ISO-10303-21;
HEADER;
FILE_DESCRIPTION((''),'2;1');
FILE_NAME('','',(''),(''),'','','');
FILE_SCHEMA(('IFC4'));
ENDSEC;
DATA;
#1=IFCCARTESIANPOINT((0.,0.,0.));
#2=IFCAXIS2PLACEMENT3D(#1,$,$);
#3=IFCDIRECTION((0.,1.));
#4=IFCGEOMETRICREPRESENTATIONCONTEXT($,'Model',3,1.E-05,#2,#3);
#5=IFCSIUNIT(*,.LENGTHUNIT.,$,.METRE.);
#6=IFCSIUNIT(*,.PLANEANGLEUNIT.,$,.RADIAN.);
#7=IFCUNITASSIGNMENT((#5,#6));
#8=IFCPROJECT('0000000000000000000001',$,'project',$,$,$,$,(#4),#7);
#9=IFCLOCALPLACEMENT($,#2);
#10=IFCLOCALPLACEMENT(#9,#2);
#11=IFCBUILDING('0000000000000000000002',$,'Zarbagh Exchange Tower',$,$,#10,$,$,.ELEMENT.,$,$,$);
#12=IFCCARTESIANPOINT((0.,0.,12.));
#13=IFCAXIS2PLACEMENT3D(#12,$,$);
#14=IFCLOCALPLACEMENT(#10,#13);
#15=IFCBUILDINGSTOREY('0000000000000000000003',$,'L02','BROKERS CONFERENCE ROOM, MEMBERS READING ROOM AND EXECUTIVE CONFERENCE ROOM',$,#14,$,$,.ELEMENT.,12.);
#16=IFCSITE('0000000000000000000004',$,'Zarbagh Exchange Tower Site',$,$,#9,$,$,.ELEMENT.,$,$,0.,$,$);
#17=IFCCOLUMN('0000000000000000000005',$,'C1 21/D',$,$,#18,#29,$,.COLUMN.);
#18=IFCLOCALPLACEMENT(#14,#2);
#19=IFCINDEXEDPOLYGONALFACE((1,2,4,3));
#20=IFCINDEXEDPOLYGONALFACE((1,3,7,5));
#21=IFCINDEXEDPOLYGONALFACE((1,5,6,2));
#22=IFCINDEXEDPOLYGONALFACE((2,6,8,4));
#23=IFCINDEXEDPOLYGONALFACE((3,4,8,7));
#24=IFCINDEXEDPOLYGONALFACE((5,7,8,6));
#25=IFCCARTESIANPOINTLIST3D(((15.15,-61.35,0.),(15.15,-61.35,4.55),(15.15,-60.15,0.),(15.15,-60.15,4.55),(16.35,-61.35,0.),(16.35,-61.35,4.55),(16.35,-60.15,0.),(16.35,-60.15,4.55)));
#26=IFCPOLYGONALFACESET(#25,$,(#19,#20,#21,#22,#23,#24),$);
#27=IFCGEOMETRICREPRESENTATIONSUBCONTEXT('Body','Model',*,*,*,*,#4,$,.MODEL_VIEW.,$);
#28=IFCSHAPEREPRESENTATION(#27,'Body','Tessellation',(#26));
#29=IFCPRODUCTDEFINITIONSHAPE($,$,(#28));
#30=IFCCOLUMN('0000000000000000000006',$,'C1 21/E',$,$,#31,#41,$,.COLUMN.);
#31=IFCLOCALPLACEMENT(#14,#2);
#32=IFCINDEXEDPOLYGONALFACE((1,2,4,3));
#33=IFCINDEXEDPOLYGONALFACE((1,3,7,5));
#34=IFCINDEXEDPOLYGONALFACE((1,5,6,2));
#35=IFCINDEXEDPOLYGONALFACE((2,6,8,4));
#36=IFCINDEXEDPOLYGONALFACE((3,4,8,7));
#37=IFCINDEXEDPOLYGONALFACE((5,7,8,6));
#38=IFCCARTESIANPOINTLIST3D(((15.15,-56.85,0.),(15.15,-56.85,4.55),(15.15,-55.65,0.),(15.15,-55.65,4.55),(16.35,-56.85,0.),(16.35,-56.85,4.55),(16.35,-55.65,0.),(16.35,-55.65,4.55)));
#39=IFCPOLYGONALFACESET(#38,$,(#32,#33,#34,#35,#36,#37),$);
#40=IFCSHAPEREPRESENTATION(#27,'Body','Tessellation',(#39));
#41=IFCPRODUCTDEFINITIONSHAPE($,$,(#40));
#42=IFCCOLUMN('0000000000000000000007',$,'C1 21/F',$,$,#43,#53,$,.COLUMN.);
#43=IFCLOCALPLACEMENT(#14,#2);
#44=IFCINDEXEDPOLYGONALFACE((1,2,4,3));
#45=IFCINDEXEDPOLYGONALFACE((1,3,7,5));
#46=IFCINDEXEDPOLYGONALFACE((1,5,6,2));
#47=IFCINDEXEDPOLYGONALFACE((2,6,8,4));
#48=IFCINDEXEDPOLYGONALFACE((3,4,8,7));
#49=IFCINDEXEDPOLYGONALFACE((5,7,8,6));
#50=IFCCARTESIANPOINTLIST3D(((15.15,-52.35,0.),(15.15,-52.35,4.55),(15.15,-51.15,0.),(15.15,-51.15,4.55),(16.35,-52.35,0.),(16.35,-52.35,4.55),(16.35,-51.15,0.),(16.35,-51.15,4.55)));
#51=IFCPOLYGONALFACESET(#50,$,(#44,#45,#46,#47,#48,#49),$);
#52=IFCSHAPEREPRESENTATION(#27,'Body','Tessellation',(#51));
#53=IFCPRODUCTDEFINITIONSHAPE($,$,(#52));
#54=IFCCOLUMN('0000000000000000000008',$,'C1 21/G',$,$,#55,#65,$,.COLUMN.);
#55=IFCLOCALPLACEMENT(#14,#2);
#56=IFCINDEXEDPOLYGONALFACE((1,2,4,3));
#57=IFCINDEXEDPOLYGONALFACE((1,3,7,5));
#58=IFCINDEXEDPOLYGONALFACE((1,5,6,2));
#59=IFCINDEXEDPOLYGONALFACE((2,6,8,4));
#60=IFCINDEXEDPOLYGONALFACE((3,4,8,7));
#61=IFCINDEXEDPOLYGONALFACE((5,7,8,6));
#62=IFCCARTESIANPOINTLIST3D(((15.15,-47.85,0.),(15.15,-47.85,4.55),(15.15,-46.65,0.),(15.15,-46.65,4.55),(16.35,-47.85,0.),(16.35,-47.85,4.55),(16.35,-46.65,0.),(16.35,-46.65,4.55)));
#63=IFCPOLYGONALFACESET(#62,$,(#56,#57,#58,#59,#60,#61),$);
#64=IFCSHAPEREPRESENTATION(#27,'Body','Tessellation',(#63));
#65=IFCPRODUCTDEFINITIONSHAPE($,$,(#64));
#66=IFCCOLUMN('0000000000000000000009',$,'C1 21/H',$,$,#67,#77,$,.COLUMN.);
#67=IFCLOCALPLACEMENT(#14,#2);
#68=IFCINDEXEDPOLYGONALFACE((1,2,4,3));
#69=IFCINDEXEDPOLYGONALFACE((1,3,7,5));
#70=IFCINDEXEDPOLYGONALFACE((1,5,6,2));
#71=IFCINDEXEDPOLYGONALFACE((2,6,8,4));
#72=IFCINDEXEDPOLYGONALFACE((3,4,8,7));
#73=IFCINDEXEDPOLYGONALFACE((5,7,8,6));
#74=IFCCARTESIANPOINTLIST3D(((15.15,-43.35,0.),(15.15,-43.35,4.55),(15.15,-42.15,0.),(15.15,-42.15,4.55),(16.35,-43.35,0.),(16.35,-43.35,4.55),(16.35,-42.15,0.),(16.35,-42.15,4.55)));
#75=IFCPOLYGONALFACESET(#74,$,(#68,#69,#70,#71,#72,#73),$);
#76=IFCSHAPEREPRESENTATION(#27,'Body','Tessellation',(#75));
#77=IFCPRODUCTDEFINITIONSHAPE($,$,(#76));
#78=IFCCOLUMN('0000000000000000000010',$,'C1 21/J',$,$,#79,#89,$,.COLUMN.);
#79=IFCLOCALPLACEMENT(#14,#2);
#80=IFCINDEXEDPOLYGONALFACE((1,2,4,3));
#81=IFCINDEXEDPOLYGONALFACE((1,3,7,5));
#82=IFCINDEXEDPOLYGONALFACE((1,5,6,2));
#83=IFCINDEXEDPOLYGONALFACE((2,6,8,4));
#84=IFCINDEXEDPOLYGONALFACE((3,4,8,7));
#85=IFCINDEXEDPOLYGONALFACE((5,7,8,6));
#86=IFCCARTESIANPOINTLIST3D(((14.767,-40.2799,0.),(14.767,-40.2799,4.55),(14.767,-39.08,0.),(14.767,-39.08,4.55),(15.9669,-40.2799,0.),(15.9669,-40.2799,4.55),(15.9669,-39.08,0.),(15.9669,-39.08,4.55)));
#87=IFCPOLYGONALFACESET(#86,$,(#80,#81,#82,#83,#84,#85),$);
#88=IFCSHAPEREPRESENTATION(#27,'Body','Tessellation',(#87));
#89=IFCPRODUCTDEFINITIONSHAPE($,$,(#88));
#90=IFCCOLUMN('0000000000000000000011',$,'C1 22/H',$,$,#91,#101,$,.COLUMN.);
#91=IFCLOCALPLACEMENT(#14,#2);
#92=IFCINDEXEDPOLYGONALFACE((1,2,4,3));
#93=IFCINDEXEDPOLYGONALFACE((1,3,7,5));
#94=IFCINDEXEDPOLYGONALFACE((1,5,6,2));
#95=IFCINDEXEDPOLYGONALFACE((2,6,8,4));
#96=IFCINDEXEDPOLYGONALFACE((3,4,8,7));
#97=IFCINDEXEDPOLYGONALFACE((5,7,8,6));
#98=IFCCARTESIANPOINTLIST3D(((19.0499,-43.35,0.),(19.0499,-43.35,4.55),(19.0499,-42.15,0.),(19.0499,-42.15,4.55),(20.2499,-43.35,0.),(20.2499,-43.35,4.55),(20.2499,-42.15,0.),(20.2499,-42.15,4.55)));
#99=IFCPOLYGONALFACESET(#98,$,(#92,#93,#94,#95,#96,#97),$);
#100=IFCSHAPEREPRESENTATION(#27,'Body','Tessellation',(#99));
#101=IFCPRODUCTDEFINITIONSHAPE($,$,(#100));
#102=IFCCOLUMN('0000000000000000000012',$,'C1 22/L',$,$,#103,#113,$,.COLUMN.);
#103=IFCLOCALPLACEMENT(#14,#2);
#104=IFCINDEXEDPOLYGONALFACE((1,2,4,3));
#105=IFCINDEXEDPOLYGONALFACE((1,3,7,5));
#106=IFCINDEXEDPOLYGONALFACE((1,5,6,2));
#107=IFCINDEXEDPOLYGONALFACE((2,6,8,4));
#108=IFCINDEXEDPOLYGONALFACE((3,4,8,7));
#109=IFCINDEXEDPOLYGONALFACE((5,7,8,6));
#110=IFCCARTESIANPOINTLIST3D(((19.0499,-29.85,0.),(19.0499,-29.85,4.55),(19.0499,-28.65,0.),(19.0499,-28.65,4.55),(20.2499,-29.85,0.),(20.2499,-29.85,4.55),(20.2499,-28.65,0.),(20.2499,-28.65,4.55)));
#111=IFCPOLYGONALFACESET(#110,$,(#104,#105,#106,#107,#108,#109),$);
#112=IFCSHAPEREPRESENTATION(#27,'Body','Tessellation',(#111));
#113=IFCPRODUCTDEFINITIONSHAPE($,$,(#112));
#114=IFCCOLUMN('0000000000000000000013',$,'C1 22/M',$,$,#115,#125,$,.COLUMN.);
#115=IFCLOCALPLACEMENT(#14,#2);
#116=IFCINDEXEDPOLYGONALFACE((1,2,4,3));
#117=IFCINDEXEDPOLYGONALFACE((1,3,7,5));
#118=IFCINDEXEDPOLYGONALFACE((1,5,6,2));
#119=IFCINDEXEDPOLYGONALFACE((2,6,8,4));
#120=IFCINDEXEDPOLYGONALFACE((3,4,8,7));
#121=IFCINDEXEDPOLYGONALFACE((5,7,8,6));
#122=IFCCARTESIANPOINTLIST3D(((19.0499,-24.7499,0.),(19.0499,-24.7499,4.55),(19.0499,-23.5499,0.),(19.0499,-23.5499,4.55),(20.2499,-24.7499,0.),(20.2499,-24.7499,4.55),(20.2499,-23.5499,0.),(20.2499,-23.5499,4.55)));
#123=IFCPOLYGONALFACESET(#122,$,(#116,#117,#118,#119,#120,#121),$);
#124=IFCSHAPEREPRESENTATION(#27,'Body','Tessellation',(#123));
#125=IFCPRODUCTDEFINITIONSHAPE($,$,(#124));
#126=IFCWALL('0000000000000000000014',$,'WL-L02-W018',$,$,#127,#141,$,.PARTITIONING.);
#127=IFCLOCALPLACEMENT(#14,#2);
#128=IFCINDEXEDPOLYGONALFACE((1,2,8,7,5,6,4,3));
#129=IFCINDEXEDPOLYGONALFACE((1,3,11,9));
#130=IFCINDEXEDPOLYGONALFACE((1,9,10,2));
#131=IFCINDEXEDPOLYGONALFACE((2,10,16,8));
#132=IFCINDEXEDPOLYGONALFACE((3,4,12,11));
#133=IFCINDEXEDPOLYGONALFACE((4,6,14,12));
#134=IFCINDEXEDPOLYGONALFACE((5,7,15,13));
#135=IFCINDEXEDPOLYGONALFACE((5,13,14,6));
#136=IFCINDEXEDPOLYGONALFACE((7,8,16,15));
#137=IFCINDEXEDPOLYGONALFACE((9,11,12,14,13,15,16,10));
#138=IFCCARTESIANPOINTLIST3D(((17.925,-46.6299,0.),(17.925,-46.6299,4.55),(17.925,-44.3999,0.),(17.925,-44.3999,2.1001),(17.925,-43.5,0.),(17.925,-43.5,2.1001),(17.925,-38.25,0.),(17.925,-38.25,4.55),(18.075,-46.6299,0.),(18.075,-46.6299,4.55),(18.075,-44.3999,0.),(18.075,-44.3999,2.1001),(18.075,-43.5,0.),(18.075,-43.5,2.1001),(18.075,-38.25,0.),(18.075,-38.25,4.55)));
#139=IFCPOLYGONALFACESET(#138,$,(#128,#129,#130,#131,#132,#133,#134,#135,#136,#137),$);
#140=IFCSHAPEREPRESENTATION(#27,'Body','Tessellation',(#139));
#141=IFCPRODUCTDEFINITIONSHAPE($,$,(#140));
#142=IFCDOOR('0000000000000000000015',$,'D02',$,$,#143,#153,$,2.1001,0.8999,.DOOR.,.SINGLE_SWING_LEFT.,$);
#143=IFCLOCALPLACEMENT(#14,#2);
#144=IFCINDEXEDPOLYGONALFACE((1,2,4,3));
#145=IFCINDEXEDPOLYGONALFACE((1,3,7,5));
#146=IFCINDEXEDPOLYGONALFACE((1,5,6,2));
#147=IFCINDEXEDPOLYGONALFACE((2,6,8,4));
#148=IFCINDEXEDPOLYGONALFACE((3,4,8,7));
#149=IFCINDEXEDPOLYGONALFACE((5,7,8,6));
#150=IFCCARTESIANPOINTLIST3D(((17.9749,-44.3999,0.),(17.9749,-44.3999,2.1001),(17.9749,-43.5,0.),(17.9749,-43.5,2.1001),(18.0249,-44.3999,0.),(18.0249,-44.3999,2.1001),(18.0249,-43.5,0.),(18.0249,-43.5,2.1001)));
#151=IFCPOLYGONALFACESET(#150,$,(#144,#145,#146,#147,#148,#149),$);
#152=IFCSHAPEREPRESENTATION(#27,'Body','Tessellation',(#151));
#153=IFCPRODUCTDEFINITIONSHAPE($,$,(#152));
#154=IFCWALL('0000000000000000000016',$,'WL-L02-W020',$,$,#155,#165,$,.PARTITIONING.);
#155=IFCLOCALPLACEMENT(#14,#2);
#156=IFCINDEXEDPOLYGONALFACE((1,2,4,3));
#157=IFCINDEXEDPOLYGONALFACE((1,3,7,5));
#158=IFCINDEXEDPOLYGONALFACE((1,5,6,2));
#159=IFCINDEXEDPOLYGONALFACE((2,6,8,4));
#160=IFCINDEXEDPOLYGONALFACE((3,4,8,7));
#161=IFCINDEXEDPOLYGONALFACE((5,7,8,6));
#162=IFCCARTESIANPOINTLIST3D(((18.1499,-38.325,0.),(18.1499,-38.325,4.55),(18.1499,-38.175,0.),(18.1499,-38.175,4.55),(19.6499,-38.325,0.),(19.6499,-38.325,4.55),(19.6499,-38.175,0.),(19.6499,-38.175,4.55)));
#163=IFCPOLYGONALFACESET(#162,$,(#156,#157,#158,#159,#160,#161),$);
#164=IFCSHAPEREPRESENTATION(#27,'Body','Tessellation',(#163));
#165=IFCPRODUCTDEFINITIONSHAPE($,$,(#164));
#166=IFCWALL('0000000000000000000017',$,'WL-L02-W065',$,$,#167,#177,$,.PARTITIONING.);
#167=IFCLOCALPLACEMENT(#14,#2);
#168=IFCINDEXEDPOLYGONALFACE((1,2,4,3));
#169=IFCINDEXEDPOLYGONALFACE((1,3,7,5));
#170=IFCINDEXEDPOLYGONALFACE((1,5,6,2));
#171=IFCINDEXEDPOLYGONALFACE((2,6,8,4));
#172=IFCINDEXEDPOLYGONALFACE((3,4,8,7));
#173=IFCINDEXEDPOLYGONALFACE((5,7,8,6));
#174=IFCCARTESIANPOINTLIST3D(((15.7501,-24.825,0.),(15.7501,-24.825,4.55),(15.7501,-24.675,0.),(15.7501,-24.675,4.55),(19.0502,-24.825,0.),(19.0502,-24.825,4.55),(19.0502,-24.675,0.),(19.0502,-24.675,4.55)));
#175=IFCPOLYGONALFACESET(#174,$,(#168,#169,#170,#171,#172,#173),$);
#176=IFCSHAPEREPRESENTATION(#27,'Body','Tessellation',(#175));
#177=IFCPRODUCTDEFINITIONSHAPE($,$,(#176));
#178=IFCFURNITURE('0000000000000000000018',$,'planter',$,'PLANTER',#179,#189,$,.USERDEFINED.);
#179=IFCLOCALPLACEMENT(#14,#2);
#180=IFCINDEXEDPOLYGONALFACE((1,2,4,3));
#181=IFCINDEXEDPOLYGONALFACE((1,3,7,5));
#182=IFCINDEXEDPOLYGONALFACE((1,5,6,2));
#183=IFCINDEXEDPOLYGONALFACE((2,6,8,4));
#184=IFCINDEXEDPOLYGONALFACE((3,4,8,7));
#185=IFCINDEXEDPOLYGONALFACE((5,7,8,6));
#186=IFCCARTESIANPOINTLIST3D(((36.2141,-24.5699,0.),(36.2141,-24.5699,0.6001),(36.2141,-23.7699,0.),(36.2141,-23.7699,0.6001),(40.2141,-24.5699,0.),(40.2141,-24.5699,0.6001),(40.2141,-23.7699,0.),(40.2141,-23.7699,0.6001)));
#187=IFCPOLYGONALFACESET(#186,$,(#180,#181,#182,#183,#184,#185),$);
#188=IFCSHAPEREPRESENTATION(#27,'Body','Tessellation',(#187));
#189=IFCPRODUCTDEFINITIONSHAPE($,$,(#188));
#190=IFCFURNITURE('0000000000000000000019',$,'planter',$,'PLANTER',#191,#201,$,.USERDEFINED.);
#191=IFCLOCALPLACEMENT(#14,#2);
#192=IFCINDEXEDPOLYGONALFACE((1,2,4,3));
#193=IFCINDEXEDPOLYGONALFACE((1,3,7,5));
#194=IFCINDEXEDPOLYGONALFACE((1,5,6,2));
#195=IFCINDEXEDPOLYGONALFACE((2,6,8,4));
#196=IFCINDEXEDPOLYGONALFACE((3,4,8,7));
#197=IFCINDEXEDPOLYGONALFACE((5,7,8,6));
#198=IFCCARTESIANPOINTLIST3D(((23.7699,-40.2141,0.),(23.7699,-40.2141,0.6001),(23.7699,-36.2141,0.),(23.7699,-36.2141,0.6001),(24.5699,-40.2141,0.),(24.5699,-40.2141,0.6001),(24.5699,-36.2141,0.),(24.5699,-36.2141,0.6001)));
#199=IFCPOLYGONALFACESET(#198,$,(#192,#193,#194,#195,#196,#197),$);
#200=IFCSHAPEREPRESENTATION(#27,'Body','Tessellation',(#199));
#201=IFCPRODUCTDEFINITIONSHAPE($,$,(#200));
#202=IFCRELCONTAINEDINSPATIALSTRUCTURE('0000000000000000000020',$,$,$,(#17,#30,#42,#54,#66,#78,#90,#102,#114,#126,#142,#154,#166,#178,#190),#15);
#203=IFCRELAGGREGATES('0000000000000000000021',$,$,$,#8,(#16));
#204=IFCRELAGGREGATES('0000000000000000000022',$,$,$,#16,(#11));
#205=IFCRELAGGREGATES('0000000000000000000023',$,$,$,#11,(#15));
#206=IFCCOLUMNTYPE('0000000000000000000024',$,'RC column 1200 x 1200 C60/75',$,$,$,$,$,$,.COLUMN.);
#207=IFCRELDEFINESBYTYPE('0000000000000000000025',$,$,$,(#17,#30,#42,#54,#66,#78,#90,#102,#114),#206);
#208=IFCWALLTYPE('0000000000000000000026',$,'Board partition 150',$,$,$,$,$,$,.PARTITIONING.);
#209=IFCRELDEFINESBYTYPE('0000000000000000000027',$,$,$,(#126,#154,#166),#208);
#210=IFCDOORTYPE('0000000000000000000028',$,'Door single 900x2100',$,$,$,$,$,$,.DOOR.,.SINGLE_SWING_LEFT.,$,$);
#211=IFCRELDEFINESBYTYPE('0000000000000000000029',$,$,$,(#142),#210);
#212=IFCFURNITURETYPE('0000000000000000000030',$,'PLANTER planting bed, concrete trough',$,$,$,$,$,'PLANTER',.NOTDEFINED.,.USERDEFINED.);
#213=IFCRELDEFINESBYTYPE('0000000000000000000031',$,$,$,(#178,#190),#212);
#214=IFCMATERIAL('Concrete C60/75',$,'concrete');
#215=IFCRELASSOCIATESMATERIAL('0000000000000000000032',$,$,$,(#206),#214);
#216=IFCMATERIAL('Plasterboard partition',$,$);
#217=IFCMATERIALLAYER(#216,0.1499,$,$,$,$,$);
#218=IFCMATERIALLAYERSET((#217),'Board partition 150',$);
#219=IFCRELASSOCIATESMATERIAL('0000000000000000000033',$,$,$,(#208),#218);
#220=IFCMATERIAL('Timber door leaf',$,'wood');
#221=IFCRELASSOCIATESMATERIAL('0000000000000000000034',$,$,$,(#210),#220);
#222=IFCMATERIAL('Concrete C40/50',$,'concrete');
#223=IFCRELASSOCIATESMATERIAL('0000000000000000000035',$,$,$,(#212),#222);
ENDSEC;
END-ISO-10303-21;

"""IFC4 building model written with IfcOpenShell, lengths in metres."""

from ifc_helpers import new_model, si_unit, direction, frame, frame_2d, origin, origin_2d, place, context, subcontext, project, spatial, rectangle, extrude, material, layer, layer_set, material_profile, profile_set, type_object, element, fill, save


model = new_model("IFC4")

# Units and contexts
model_context = context("Model", 3, precision=1e-05, world=origin(), true_north=direction((0.0, 1.0)))
body_context = subcontext(model_context, "Body", "Model", "MODEL_VIEW")
ifc_project = project(units=[si_unit("LENGTHUNIT", "METRE"), si_unit("PLANEANGLEUNIT", "RADIAN")], contexts=[model_context])

# Site, building, storey
site_placement = place(None, origin())
site = spatial("IfcSite", under=ifc_project, at=site_placement, Name="Zarbagh Exchange Tower Site", CompositionType="ELEMENT", RefElevation=0.0)
building_placement = place(site_placement, origin())
building = spatial("IfcBuilding", under=site, at=building_placement, Name="Zarbagh Exchange Tower", CompositionType="ELEMENT")
storey_placement = place(building_placement, frame((0.0, 0.0, 12.0)))
storey = spatial("IfcBuildingStorey", under=building, at=storey_placement, Name="L02", Description="BROKERS CONFERENCE ROOM, MEMBERS READING ROOM AND EXECUTIVE CONFERENCE ROOM", CompositionType="ELEMENT", Elevation=12.0)

# Columns
ifc_material_1 = material(Name="Concrete C60/75", Category="concrete")
ifc_material_profile = material_profile(ifc_material_1, rectangle(XDim=1.2, YDim=1.2, at=origin_2d()), Name="RC column 1200 x 1200 C60/75")
ifc_profile_set = profile_set([ifc_material_profile], Name="Concrete C60/75")
column_type = type_object("IfcColumnType", Name="RC column 1200 x 1200 C60/75", PredefinedType="COLUMN", material=ifc_profile_set)
for number, where, z_axis, x_axis, name in (
    (1, (15.75, -60.75, 0.0), (0.0, 0.0, 1.0), (1.0, 0.0, 0.0), "C1 21/D"),
    (2, (15.75, -56.25, 0.0), (0.0, 0.0, 1.0), (1.0, 0.0, 0.0), "C1 21/E"),
    (3, (15.75, -51.75, 0.0), (0.0, 0.0, 1.0), (1.0, 0.0, 0.0), "C1 21/F"),
    (4, (15.75, -47.25, 0.0), (0.0, 0.0, 1.0), (1.0, 0.0, 0.0), "C1 21/G"),
    (5, (15.75, -42.75, 0.0), (0.0, 0.0, 1.0), (1.0, 0.0, 0.0), "C1 21/H"),
    (6, (15.3669, -39.6799, 0.0), (0.0, 0.0, 1.0), (1.0, 0.0, 0.0), "C1 21/J"),
    (7, (19.6499, -42.75, 0.0), (0.0, 0.0, 1.0), (1.0, 0.0, 0.0), "C1 22/H"),
    (8, (19.6499, -29.25, 0.0), (0.0, 0.0, 1.0), (1.0, 0.0, 0.0), "C1 22/L"),
    (9, (19.6499, -24.1499, 0.0), (0.0, 0.0, 1.0), (1.0, 0.0, 0.0), "C1 22/M"),
):
    element("IfcColumn", number, at=place(storey_placement, frame(where, z_axis=z_axis, x_axis=x_axis)), inside=storey, type_object=column_type, Name=name, PredefinedType="COLUMN", context=body_context, shape_type="SweptSolid", body=[
        extrude(rectangle(XDim=1.2, YDim=1.2, at=origin_2d()), origin(), (0.0, 0.0, 1.0), 4.55),
    ])

# Wall, opening, door
ifc_material_2 = material(Name="Plasterboard partition")
ifc_layer_1 = layer(ifc_material_2, 0.1499)
ifc_layer_set_1 = layer_set([ifc_layer_1], Name="Board partition 150")
wall_type_1 = type_object("IfcWallType", Name="Board partition 150", PredefinedType="PARTITIONING", material=ifc_layer_set_1)
wall_1_placement = place(storey_placement, frame((18.0, -38.25, 0.0), z_axis=(0.0, 0.0, 1.0), x_axis=(0.0, -1.0, 0.0)))
wall_1 = element("IfcWall", 10, at=wall_1_placement, inside=storey, type_object=wall_type_1, Name="WL-L02-W018", PredefinedType="PARTITIONING", context=body_context, shape_type="SweptSolid", body=[
    extrude(rectangle(XDim=8.3799, YDim=0.1499, at=frame_2d((4.1899, 0.0))), origin(), (0.0, 0.0, 1.0), 4.55),
])
opening_1_placement = place(wall_1_placement, frame((5.25, 0.0, 0.0)))
opening_1 = element("IfcOpeningElement", 11, at=opening_1_placement, cuts=wall_1, PredefinedType="OPENING", context=body_context, shape_type="SweptSolid", body=[
    extrude(rectangle(XDim=0.8999, YDim=2.1001, at=frame_2d((0.45, 1.05))), frame((0.0, 0.085, 0.0), z_axis=(0.0, -1.0, 0.0), x_axis=(1.0, 0.0, 0.0)), (0.0, 0.0, 1.0), 0.1699),
])
ifc_material_3 = material(Name="Timber door leaf", Category="wood")
door_type_1 = type_object("IfcDoorType", Name="Door single 900x2100", OperationType="SINGLE_SWING_LEFT", PredefinedType="DOOR", material=ifc_material_3)
door_1_placement = place(opening_1_placement, origin())
door_1 = element("IfcDoor", 12, at=door_1_placement, inside=storey, type_object=door_type_1, Name="D02", OperationType="SINGLE_SWING_LEFT", OverallHeight=2.1001, OverallWidth=0.8999, PredefinedType="DOOR", context=body_context, shape_type="SweptSolid", body=[
    extrude(rectangle(XDim=0.8999, YDim=2.1001, at=frame_2d((0.45, 1.05))), frame((0.0, 0.0249, 0.0), z_axis=(0.0, -1.0, 0.0), x_axis=(1.0, 0.0, 0.0)), (0.0, 0.0, 1.0), 0.05),
])
fill(opening_1, door_1)

# Walls
wall_2_placement = place(storey_placement, frame((18.1499, -38.25, 0.0), z_axis=(0.0, 0.0, 1.0), x_axis=(1.0, 0.0, 0.0)))
element("IfcWall", 13, at=wall_2_placement, inside=storey, type_object=wall_type_1, Name="WL-L02-W020", PredefinedType="PARTITIONING", context=body_context, shape_type="SweptSolid", body=[
    extrude(rectangle(XDim=1.5, YDim=0.1499, at=frame_2d((0.75, 0.0))), origin(), (0.0, 0.0, 1.0), 4.55),
])
wall_3_placement = place(storey_placement, frame((19.05, -24.75, 0.0), z_axis=(0.0, 0.0, 1.0), x_axis=(-1.0, 0.0, 0.0)))
element("IfcWall", 14, at=wall_3_placement, inside=storey, type_object=wall_type_1, Name="WL-L02-W065", PredefinedType="PARTITIONING", context=body_context, shape_type="SweptSolid", body=[
    extrude(rectangle(XDim=3.3, YDim=0.1499, at=frame_2d((1.6499, 0.0))), origin(), (0.0, 0.0, 1.0), 4.55),
])

# Furniture
ifc_material_4 = material(Name="Concrete C40/50", Category="concrete")
furniture_type = type_object("IfcFurnitureType", Name="PLANTER planting bed, concrete trough", ElementType="PLANTER", AssemblyPlace="NOTDEFINED", PredefinedType="USERDEFINED", material=ifc_material_4)
for number, where, z_axis, x_axis, name in (
    (15, (38.2141, -24.1699, 0.0), (0.0, 0.0, 1.0), (-1.0, 0.0, 0.0), "planter"),
    (16, (24.1699, -38.2141, 0.0), (0.0, 0.0, 1.0), (0.0, -1.0, 0.0), "planter"),
):
    element("IfcFurniture", number, at=place(storey_placement, frame(where, z_axis=z_axis, x_axis=x_axis)), inside=storey, type_object=furniture_type, Name=name, ObjectType="PLANTER", PredefinedType="USERDEFINED", context=body_context, shape_type="SweptSolid", body=[
        extrude(rectangle(XDim=4.0, YDim=0.8, at=origin_2d()), origin(), (0.0, 0.0, 1.0), 0.6001),
    ])

save(model, "model.ifc")
